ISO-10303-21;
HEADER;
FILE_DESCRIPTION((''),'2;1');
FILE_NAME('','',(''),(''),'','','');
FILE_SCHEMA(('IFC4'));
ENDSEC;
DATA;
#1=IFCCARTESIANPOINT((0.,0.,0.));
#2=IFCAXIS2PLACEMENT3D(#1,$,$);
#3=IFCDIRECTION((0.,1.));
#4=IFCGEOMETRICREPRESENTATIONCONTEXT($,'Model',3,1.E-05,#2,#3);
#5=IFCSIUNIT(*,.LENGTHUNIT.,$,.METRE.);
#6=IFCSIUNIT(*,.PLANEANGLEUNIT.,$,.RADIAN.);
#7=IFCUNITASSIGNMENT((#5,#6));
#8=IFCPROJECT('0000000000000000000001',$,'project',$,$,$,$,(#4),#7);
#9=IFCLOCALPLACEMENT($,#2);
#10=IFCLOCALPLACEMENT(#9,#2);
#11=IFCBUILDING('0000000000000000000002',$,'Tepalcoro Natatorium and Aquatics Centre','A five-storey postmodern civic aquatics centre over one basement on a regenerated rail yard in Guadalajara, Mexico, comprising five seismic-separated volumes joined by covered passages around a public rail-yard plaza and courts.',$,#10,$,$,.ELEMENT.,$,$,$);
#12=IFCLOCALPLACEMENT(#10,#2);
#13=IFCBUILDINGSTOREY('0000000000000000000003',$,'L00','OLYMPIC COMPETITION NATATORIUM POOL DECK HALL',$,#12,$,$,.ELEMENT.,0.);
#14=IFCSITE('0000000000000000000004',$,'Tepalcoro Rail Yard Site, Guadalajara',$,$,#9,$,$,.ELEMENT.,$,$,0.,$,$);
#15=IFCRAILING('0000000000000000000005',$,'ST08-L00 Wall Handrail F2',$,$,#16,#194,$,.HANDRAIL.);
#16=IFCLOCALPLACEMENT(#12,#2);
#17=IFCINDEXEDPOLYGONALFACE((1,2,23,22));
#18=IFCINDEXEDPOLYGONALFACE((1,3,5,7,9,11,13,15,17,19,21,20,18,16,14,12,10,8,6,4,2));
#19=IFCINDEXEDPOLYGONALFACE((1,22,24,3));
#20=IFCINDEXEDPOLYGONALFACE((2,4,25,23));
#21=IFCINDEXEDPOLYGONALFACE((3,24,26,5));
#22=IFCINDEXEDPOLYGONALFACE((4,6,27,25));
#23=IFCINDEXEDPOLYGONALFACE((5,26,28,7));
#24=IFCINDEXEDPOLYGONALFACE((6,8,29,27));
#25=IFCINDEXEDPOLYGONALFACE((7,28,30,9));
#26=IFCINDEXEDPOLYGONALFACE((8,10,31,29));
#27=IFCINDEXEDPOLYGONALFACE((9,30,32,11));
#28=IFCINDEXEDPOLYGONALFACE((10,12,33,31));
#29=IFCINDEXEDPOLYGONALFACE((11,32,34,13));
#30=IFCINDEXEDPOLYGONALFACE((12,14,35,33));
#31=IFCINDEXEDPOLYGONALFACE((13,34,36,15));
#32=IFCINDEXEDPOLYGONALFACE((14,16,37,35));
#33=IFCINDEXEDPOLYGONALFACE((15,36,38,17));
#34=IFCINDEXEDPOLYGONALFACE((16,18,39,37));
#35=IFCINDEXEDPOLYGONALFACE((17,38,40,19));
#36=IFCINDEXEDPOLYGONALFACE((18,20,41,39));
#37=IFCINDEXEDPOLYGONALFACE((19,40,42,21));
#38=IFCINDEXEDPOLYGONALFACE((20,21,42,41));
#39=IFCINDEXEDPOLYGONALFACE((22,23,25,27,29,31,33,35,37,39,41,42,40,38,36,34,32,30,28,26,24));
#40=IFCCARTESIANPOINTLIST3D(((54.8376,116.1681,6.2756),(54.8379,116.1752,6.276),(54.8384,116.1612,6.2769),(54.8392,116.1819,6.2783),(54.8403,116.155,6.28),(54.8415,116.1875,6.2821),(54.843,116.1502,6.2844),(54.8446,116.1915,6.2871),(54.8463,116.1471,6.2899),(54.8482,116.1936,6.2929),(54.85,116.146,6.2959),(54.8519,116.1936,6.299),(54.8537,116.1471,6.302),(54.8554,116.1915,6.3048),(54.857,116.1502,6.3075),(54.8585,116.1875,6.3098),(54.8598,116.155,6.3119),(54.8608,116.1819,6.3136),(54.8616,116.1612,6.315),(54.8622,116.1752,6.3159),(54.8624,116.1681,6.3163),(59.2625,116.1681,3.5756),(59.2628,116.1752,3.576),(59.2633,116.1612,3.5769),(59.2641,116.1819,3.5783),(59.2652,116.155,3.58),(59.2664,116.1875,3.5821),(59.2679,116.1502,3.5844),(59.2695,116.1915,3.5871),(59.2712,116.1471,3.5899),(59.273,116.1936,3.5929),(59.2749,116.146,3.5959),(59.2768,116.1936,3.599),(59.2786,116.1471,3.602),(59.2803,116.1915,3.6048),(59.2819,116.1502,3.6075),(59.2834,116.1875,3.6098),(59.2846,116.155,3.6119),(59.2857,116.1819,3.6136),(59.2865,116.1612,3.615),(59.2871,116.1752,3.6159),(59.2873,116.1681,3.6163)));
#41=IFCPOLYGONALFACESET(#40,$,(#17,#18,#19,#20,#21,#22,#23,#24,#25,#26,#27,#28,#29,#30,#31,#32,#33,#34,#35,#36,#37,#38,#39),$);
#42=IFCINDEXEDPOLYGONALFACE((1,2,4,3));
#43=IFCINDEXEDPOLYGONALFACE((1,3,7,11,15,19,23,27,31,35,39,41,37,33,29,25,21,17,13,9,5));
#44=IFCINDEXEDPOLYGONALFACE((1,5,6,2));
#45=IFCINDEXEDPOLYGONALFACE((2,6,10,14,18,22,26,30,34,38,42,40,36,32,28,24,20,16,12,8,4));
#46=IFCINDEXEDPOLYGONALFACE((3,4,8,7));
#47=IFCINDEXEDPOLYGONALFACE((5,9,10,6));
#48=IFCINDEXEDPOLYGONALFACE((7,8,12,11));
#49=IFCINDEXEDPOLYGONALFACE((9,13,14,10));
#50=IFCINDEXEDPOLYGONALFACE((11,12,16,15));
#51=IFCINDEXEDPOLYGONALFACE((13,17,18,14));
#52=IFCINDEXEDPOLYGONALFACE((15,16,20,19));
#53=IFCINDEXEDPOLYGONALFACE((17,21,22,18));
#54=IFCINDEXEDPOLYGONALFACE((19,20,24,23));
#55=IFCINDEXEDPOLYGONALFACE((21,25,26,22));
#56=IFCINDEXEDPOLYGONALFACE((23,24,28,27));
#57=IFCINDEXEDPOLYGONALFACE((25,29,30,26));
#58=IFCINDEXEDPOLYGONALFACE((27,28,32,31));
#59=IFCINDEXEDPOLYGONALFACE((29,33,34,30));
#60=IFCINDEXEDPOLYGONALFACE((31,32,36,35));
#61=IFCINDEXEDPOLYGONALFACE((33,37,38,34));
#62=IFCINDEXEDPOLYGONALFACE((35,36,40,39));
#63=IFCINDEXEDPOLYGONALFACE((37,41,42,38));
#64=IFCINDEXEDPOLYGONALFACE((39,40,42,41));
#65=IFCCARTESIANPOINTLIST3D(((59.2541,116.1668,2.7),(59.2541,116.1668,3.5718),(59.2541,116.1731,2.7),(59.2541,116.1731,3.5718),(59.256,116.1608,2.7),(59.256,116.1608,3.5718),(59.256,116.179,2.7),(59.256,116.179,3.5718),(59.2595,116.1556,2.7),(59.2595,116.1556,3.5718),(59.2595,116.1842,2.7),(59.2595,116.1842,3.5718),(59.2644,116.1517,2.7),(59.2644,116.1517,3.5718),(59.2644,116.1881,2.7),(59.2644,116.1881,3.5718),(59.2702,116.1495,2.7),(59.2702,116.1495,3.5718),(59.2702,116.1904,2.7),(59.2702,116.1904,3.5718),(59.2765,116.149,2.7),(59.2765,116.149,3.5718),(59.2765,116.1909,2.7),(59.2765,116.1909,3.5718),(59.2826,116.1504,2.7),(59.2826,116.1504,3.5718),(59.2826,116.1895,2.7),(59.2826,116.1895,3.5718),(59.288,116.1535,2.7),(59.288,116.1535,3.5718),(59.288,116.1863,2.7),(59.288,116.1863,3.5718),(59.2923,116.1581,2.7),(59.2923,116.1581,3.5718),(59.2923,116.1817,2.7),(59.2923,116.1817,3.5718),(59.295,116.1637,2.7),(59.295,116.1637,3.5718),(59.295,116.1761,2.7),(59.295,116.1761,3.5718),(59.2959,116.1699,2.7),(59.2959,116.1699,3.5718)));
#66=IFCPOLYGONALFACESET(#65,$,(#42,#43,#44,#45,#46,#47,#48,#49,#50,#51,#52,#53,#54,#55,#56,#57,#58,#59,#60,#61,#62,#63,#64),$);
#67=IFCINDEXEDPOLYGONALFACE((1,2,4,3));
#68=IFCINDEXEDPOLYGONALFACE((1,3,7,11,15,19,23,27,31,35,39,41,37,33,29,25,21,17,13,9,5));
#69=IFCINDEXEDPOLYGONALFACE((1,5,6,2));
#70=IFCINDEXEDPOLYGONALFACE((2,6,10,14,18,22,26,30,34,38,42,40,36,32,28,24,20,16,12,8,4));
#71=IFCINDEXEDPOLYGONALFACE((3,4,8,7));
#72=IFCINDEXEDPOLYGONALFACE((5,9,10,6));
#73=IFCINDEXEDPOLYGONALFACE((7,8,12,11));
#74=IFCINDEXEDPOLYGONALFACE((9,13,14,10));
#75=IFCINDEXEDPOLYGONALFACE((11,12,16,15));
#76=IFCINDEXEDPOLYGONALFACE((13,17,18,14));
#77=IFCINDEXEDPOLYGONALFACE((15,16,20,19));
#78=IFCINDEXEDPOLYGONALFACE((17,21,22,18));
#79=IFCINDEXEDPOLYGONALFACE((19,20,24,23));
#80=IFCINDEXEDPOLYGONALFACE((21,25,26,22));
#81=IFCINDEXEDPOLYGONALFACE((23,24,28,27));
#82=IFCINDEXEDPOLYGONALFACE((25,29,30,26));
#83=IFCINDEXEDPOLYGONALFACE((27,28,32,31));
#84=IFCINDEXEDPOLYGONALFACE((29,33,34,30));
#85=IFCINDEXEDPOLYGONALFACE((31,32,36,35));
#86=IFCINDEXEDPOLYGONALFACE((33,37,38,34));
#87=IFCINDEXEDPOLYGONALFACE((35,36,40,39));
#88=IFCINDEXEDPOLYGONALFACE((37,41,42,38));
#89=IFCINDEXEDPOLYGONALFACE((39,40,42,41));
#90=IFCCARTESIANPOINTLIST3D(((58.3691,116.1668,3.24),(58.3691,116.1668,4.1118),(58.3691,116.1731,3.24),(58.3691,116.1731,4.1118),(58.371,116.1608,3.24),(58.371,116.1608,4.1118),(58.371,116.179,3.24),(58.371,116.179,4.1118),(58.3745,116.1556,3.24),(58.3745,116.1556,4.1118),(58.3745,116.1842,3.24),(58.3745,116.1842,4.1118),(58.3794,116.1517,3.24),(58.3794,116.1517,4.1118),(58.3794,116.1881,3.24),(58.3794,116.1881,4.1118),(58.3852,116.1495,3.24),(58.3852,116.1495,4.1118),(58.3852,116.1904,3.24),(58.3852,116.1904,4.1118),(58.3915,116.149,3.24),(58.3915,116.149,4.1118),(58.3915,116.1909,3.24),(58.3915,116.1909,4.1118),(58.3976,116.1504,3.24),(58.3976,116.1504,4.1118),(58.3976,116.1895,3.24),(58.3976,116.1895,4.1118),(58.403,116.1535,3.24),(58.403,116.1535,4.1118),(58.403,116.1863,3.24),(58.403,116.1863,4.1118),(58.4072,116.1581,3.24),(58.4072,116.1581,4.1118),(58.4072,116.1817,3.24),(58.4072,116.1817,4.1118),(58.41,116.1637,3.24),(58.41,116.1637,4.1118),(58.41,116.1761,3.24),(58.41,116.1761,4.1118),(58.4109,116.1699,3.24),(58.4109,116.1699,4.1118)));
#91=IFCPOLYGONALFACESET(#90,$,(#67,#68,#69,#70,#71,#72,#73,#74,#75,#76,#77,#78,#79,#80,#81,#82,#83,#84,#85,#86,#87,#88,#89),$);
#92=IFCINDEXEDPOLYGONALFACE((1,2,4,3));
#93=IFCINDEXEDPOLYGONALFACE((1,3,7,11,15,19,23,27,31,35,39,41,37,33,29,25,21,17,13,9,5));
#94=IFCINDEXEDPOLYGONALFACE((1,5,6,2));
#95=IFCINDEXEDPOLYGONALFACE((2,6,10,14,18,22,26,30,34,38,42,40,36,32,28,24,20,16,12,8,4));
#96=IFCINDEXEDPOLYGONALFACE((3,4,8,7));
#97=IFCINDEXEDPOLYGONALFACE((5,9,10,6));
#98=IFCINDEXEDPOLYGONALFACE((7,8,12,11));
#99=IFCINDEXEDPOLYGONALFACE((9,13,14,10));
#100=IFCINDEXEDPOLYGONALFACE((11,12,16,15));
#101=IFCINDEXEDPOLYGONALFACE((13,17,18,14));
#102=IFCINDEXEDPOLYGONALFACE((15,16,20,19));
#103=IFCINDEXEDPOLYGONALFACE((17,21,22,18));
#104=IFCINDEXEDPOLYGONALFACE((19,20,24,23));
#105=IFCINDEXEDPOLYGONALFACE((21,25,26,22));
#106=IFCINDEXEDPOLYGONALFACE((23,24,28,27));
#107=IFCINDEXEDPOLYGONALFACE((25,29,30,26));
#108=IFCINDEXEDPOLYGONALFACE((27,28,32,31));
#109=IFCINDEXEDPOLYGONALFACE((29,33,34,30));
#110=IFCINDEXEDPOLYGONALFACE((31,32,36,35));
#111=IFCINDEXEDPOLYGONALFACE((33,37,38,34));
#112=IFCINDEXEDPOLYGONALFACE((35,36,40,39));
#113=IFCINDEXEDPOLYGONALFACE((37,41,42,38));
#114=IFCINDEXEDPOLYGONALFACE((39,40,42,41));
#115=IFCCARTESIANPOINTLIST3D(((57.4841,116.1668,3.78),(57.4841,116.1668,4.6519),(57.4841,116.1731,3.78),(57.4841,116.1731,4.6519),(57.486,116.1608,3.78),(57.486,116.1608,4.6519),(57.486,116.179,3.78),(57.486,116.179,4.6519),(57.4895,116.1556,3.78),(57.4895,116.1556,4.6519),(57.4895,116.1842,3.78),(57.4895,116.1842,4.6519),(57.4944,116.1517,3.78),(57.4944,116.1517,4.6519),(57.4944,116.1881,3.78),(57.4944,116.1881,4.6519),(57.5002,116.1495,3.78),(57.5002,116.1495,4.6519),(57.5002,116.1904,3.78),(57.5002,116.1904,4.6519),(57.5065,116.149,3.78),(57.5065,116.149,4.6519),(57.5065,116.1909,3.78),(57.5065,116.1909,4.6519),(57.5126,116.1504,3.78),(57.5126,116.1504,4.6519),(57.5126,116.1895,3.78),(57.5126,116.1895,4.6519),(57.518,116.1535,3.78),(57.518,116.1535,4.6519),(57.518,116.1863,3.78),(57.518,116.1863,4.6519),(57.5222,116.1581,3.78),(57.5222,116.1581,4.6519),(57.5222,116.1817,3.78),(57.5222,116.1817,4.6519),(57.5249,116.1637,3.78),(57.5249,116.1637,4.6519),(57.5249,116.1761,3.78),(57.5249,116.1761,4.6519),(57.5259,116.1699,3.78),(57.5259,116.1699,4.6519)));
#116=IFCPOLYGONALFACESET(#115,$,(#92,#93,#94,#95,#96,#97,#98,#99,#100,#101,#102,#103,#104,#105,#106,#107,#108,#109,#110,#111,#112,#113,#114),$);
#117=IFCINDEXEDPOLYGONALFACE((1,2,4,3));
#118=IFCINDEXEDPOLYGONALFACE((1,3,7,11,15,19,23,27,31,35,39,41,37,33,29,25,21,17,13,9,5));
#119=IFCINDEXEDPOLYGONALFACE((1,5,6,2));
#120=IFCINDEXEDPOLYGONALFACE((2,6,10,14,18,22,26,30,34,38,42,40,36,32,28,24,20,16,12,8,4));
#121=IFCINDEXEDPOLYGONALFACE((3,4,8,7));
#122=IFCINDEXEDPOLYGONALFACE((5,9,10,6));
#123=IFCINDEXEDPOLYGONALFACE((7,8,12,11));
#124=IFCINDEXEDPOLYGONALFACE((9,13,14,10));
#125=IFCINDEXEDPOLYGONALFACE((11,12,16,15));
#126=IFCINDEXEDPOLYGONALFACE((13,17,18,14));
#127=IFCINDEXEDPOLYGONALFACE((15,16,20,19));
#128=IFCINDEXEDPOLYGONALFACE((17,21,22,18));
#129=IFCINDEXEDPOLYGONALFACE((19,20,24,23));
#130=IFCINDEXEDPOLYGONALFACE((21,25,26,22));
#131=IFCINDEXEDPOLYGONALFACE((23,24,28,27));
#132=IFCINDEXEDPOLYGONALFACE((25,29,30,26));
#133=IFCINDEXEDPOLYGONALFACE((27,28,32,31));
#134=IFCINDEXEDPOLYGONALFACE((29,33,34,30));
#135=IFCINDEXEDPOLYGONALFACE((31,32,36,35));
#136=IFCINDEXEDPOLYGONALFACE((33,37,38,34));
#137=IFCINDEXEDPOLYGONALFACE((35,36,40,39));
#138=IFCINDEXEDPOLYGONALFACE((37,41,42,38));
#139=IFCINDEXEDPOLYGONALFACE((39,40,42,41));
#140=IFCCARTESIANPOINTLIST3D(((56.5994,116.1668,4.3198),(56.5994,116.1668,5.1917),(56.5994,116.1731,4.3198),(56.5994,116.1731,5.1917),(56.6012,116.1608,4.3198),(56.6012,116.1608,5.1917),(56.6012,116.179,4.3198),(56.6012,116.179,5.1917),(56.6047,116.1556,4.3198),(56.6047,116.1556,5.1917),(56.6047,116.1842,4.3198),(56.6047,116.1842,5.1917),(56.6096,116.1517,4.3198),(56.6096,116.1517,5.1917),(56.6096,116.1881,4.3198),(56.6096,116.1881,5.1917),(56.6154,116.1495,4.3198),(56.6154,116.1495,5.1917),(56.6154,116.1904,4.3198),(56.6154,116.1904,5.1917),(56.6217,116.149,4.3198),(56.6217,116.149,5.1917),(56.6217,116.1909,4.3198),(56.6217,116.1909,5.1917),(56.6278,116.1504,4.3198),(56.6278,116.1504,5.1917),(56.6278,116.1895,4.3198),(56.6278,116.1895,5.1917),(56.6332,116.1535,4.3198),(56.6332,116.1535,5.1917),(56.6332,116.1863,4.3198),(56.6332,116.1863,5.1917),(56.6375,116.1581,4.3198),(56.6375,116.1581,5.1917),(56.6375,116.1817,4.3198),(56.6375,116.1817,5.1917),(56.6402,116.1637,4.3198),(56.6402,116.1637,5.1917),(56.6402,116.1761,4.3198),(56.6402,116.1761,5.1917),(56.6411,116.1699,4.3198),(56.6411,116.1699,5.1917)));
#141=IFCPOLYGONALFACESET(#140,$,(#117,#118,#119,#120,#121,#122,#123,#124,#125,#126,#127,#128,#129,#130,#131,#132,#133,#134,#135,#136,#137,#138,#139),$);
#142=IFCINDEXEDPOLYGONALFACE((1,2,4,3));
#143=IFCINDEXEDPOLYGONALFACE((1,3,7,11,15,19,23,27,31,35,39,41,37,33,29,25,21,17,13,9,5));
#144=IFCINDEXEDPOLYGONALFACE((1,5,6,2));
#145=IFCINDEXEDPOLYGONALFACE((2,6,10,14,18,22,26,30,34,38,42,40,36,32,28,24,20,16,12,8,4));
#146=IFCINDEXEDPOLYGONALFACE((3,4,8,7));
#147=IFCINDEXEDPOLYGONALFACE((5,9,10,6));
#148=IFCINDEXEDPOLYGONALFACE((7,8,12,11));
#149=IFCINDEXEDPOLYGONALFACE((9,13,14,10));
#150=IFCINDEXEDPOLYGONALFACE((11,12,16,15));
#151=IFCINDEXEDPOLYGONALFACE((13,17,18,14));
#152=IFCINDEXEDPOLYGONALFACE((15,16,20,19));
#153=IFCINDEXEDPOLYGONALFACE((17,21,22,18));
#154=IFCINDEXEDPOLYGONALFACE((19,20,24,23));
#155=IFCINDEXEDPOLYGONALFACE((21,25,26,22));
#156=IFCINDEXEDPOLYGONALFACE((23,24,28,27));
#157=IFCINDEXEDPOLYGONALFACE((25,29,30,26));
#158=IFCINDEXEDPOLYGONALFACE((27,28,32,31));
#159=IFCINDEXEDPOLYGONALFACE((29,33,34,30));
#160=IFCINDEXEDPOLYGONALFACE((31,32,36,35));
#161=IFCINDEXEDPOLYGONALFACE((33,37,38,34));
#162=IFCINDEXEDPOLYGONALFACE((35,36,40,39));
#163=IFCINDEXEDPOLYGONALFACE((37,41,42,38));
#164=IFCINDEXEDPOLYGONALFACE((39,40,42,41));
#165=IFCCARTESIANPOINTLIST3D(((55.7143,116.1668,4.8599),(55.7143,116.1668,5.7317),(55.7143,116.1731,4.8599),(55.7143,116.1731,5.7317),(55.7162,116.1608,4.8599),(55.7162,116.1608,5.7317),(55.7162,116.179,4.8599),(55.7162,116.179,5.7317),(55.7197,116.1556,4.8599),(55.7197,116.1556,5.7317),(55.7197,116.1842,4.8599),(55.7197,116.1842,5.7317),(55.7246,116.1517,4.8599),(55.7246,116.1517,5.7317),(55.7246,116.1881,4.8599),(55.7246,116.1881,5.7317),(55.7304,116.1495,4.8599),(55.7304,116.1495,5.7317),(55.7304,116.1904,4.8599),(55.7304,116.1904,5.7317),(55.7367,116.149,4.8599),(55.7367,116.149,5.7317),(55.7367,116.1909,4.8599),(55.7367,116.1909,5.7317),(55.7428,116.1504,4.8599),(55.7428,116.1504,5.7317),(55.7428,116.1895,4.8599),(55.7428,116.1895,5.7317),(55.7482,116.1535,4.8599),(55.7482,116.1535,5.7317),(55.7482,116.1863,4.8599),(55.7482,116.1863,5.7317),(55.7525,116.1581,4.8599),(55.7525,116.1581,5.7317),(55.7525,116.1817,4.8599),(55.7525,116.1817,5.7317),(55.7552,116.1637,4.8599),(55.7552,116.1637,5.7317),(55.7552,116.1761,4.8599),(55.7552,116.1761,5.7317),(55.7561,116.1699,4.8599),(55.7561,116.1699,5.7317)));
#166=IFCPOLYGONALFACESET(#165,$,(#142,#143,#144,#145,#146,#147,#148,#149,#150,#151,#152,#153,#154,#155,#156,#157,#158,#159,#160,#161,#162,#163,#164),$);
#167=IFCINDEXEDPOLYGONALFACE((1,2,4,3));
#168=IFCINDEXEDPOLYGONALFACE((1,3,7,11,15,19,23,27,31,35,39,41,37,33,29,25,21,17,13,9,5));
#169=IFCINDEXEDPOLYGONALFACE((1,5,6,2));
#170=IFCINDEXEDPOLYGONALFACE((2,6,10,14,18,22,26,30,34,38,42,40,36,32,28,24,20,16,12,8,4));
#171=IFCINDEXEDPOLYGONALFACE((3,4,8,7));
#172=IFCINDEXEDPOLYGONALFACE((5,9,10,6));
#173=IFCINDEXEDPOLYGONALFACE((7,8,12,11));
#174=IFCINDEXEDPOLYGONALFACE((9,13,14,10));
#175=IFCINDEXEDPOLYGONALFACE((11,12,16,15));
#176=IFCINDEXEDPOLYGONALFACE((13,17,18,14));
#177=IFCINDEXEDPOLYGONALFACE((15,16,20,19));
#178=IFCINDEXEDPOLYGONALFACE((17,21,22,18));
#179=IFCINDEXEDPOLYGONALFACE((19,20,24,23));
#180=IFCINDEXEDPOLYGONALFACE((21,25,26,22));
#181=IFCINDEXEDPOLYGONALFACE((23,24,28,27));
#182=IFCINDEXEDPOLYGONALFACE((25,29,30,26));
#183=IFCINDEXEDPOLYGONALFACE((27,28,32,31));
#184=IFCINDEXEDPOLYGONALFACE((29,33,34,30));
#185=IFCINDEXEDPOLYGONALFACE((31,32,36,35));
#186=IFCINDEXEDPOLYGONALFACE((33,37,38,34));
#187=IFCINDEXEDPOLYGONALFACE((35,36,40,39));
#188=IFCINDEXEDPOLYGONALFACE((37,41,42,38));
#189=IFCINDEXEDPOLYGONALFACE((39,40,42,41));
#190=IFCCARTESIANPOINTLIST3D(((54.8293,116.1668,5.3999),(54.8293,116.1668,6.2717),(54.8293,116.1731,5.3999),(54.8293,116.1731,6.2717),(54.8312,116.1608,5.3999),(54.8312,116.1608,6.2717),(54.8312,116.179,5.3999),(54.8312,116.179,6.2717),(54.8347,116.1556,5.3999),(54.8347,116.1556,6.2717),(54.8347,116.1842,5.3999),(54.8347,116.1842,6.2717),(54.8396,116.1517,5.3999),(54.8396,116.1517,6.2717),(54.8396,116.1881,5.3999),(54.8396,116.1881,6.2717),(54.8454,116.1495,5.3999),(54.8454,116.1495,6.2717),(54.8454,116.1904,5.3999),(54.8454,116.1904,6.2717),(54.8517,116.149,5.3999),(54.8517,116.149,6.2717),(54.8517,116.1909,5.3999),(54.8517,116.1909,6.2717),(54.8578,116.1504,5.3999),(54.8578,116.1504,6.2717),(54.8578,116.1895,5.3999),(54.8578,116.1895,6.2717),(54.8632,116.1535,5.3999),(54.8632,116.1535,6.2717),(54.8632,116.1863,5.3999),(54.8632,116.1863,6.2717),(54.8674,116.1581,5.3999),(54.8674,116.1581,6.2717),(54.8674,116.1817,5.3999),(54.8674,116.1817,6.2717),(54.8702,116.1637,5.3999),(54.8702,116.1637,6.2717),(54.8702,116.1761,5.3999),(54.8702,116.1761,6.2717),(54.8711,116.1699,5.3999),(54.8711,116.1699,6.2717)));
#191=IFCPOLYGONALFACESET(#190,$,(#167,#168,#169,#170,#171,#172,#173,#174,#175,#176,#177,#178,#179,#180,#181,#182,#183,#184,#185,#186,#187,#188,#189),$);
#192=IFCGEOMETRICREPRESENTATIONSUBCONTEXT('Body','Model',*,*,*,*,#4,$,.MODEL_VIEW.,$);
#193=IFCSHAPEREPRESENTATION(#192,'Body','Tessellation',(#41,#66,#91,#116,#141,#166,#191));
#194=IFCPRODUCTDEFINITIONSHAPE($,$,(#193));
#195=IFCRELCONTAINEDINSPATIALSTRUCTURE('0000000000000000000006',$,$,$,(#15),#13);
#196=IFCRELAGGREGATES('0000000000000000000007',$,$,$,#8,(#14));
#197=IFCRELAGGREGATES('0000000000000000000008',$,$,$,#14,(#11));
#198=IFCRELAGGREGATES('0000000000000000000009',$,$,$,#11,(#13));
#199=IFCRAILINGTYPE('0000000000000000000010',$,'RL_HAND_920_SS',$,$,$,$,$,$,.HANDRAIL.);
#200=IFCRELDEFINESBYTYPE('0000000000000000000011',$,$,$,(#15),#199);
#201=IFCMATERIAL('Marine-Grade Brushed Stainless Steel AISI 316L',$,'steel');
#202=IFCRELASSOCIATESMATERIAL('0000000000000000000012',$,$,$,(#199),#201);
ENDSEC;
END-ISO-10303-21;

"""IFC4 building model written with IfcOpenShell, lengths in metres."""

from ifc_helpers import new_model, si_unit, direction, frame, origin, origin_2d, place, context, subcontext, project, spatial, circle, extrude, material, type_object, element, save


model = new_model("IFC4")

# Units and contexts
model_context = context("Model", 3, precision=1e-05, world=origin(), true_north=direction((0.0, 1.0)))
body_context = subcontext(model_context, "Body", "Model", "MODEL_VIEW")
ifc_project = project(units=[si_unit("LENGTHUNIT", "METRE"), si_unit("PLANEANGLEUNIT", "RADIAN")], contexts=[model_context])

# Site, building, storey
site_placement = place(None, origin())
site = spatial("IfcSite", under=ifc_project, at=site_placement, Name="Tepalcoro Rail Yard Site, Guadalajara", CompositionType="ELEMENT", RefElevation=0.0)
building_placement = place(site_placement, origin())
building = spatial("IfcBuilding", under=site, at=building_placement, Name="Tepalcoro Natatorium and Aquatics Centre", Description="A five-storey postmodern civic aquatics centre over one basement on a regenerated rail yard in Guadalajara, Mexico, comprising five seismic-separated volumes joined by covered passages around a public rail-yard plaza and courts.", CompositionType="ELEMENT")
storey_placement = place(building_placement, origin())
storey = spatial("IfcBuildingStorey", under=building, at=storey_placement, Name="L00", Description="OLYMPIC COMPETITION NATATORIUM POOL DECK HALL", CompositionType="ELEMENT", Elevation=0.0)

# Railing
ifc_material_1 = material(Name="Marine-Grade Brushed Stainless Steel AISI 316L", Category="steel")
railing_type_1 = type_object("IfcRailingType", Name="RL_HAND_920_SS", PredefinedType="HANDRAIL", material=ifc_material_1)
railing_1_placement = place(storey_placement, frame((59.2749, 116.1699, 2.7)))
element("IfcRailing", 1, at=railing_1_placement, inside=storey, type_object=railing_type_1, Name="ST08-L00 Wall Handrail F2", PredefinedType="HANDRAIL", context=body_context, shape_type="SweptSolid", body=[
    extrude(circle(Radius=0.0239, at=origin_2d()), frame((0.0, 0.0, 0.896), z_axis=(-0.853633, 0.0, 0.520875), x_axis=(0.0, -1.0, 0.0)), (0.0, 0.0, 1.0), 5.1836),
    extrude(circle(Radius=0.021, at=origin_2d()), origin(), (0.0, 0.0, 1.0), 0.8718),
    extrude(circle(Radius=0.021, at=origin_2d()), frame((-0.885, 0.0, 0.54)), (0.0, 0.0, 1.0), 0.8718),
    extrude(circle(Radius=0.021, at=origin_2d()), frame((-1.77, 0.0, 1.0801)), (0.0, 0.0, 1.0), 0.8718),
    extrude(circle(Radius=0.021, at=origin_2d()), frame((-2.6548, 0.0, 1.6199)), (0.0, 0.0, 1.0), 0.8718),
    extrude(circle(Radius=0.021, at=origin_2d()), frame((-3.5398, 0.0, 2.1599)), (0.0, 0.0, 1.0), 0.8718),
    extrude(circle(Radius=0.021, at=origin_2d()), frame((-4.4248, 0.0, 2.7)), (0.0, 0.0, 1.0), 0.8718),
])

save(model, "model.ifc")
